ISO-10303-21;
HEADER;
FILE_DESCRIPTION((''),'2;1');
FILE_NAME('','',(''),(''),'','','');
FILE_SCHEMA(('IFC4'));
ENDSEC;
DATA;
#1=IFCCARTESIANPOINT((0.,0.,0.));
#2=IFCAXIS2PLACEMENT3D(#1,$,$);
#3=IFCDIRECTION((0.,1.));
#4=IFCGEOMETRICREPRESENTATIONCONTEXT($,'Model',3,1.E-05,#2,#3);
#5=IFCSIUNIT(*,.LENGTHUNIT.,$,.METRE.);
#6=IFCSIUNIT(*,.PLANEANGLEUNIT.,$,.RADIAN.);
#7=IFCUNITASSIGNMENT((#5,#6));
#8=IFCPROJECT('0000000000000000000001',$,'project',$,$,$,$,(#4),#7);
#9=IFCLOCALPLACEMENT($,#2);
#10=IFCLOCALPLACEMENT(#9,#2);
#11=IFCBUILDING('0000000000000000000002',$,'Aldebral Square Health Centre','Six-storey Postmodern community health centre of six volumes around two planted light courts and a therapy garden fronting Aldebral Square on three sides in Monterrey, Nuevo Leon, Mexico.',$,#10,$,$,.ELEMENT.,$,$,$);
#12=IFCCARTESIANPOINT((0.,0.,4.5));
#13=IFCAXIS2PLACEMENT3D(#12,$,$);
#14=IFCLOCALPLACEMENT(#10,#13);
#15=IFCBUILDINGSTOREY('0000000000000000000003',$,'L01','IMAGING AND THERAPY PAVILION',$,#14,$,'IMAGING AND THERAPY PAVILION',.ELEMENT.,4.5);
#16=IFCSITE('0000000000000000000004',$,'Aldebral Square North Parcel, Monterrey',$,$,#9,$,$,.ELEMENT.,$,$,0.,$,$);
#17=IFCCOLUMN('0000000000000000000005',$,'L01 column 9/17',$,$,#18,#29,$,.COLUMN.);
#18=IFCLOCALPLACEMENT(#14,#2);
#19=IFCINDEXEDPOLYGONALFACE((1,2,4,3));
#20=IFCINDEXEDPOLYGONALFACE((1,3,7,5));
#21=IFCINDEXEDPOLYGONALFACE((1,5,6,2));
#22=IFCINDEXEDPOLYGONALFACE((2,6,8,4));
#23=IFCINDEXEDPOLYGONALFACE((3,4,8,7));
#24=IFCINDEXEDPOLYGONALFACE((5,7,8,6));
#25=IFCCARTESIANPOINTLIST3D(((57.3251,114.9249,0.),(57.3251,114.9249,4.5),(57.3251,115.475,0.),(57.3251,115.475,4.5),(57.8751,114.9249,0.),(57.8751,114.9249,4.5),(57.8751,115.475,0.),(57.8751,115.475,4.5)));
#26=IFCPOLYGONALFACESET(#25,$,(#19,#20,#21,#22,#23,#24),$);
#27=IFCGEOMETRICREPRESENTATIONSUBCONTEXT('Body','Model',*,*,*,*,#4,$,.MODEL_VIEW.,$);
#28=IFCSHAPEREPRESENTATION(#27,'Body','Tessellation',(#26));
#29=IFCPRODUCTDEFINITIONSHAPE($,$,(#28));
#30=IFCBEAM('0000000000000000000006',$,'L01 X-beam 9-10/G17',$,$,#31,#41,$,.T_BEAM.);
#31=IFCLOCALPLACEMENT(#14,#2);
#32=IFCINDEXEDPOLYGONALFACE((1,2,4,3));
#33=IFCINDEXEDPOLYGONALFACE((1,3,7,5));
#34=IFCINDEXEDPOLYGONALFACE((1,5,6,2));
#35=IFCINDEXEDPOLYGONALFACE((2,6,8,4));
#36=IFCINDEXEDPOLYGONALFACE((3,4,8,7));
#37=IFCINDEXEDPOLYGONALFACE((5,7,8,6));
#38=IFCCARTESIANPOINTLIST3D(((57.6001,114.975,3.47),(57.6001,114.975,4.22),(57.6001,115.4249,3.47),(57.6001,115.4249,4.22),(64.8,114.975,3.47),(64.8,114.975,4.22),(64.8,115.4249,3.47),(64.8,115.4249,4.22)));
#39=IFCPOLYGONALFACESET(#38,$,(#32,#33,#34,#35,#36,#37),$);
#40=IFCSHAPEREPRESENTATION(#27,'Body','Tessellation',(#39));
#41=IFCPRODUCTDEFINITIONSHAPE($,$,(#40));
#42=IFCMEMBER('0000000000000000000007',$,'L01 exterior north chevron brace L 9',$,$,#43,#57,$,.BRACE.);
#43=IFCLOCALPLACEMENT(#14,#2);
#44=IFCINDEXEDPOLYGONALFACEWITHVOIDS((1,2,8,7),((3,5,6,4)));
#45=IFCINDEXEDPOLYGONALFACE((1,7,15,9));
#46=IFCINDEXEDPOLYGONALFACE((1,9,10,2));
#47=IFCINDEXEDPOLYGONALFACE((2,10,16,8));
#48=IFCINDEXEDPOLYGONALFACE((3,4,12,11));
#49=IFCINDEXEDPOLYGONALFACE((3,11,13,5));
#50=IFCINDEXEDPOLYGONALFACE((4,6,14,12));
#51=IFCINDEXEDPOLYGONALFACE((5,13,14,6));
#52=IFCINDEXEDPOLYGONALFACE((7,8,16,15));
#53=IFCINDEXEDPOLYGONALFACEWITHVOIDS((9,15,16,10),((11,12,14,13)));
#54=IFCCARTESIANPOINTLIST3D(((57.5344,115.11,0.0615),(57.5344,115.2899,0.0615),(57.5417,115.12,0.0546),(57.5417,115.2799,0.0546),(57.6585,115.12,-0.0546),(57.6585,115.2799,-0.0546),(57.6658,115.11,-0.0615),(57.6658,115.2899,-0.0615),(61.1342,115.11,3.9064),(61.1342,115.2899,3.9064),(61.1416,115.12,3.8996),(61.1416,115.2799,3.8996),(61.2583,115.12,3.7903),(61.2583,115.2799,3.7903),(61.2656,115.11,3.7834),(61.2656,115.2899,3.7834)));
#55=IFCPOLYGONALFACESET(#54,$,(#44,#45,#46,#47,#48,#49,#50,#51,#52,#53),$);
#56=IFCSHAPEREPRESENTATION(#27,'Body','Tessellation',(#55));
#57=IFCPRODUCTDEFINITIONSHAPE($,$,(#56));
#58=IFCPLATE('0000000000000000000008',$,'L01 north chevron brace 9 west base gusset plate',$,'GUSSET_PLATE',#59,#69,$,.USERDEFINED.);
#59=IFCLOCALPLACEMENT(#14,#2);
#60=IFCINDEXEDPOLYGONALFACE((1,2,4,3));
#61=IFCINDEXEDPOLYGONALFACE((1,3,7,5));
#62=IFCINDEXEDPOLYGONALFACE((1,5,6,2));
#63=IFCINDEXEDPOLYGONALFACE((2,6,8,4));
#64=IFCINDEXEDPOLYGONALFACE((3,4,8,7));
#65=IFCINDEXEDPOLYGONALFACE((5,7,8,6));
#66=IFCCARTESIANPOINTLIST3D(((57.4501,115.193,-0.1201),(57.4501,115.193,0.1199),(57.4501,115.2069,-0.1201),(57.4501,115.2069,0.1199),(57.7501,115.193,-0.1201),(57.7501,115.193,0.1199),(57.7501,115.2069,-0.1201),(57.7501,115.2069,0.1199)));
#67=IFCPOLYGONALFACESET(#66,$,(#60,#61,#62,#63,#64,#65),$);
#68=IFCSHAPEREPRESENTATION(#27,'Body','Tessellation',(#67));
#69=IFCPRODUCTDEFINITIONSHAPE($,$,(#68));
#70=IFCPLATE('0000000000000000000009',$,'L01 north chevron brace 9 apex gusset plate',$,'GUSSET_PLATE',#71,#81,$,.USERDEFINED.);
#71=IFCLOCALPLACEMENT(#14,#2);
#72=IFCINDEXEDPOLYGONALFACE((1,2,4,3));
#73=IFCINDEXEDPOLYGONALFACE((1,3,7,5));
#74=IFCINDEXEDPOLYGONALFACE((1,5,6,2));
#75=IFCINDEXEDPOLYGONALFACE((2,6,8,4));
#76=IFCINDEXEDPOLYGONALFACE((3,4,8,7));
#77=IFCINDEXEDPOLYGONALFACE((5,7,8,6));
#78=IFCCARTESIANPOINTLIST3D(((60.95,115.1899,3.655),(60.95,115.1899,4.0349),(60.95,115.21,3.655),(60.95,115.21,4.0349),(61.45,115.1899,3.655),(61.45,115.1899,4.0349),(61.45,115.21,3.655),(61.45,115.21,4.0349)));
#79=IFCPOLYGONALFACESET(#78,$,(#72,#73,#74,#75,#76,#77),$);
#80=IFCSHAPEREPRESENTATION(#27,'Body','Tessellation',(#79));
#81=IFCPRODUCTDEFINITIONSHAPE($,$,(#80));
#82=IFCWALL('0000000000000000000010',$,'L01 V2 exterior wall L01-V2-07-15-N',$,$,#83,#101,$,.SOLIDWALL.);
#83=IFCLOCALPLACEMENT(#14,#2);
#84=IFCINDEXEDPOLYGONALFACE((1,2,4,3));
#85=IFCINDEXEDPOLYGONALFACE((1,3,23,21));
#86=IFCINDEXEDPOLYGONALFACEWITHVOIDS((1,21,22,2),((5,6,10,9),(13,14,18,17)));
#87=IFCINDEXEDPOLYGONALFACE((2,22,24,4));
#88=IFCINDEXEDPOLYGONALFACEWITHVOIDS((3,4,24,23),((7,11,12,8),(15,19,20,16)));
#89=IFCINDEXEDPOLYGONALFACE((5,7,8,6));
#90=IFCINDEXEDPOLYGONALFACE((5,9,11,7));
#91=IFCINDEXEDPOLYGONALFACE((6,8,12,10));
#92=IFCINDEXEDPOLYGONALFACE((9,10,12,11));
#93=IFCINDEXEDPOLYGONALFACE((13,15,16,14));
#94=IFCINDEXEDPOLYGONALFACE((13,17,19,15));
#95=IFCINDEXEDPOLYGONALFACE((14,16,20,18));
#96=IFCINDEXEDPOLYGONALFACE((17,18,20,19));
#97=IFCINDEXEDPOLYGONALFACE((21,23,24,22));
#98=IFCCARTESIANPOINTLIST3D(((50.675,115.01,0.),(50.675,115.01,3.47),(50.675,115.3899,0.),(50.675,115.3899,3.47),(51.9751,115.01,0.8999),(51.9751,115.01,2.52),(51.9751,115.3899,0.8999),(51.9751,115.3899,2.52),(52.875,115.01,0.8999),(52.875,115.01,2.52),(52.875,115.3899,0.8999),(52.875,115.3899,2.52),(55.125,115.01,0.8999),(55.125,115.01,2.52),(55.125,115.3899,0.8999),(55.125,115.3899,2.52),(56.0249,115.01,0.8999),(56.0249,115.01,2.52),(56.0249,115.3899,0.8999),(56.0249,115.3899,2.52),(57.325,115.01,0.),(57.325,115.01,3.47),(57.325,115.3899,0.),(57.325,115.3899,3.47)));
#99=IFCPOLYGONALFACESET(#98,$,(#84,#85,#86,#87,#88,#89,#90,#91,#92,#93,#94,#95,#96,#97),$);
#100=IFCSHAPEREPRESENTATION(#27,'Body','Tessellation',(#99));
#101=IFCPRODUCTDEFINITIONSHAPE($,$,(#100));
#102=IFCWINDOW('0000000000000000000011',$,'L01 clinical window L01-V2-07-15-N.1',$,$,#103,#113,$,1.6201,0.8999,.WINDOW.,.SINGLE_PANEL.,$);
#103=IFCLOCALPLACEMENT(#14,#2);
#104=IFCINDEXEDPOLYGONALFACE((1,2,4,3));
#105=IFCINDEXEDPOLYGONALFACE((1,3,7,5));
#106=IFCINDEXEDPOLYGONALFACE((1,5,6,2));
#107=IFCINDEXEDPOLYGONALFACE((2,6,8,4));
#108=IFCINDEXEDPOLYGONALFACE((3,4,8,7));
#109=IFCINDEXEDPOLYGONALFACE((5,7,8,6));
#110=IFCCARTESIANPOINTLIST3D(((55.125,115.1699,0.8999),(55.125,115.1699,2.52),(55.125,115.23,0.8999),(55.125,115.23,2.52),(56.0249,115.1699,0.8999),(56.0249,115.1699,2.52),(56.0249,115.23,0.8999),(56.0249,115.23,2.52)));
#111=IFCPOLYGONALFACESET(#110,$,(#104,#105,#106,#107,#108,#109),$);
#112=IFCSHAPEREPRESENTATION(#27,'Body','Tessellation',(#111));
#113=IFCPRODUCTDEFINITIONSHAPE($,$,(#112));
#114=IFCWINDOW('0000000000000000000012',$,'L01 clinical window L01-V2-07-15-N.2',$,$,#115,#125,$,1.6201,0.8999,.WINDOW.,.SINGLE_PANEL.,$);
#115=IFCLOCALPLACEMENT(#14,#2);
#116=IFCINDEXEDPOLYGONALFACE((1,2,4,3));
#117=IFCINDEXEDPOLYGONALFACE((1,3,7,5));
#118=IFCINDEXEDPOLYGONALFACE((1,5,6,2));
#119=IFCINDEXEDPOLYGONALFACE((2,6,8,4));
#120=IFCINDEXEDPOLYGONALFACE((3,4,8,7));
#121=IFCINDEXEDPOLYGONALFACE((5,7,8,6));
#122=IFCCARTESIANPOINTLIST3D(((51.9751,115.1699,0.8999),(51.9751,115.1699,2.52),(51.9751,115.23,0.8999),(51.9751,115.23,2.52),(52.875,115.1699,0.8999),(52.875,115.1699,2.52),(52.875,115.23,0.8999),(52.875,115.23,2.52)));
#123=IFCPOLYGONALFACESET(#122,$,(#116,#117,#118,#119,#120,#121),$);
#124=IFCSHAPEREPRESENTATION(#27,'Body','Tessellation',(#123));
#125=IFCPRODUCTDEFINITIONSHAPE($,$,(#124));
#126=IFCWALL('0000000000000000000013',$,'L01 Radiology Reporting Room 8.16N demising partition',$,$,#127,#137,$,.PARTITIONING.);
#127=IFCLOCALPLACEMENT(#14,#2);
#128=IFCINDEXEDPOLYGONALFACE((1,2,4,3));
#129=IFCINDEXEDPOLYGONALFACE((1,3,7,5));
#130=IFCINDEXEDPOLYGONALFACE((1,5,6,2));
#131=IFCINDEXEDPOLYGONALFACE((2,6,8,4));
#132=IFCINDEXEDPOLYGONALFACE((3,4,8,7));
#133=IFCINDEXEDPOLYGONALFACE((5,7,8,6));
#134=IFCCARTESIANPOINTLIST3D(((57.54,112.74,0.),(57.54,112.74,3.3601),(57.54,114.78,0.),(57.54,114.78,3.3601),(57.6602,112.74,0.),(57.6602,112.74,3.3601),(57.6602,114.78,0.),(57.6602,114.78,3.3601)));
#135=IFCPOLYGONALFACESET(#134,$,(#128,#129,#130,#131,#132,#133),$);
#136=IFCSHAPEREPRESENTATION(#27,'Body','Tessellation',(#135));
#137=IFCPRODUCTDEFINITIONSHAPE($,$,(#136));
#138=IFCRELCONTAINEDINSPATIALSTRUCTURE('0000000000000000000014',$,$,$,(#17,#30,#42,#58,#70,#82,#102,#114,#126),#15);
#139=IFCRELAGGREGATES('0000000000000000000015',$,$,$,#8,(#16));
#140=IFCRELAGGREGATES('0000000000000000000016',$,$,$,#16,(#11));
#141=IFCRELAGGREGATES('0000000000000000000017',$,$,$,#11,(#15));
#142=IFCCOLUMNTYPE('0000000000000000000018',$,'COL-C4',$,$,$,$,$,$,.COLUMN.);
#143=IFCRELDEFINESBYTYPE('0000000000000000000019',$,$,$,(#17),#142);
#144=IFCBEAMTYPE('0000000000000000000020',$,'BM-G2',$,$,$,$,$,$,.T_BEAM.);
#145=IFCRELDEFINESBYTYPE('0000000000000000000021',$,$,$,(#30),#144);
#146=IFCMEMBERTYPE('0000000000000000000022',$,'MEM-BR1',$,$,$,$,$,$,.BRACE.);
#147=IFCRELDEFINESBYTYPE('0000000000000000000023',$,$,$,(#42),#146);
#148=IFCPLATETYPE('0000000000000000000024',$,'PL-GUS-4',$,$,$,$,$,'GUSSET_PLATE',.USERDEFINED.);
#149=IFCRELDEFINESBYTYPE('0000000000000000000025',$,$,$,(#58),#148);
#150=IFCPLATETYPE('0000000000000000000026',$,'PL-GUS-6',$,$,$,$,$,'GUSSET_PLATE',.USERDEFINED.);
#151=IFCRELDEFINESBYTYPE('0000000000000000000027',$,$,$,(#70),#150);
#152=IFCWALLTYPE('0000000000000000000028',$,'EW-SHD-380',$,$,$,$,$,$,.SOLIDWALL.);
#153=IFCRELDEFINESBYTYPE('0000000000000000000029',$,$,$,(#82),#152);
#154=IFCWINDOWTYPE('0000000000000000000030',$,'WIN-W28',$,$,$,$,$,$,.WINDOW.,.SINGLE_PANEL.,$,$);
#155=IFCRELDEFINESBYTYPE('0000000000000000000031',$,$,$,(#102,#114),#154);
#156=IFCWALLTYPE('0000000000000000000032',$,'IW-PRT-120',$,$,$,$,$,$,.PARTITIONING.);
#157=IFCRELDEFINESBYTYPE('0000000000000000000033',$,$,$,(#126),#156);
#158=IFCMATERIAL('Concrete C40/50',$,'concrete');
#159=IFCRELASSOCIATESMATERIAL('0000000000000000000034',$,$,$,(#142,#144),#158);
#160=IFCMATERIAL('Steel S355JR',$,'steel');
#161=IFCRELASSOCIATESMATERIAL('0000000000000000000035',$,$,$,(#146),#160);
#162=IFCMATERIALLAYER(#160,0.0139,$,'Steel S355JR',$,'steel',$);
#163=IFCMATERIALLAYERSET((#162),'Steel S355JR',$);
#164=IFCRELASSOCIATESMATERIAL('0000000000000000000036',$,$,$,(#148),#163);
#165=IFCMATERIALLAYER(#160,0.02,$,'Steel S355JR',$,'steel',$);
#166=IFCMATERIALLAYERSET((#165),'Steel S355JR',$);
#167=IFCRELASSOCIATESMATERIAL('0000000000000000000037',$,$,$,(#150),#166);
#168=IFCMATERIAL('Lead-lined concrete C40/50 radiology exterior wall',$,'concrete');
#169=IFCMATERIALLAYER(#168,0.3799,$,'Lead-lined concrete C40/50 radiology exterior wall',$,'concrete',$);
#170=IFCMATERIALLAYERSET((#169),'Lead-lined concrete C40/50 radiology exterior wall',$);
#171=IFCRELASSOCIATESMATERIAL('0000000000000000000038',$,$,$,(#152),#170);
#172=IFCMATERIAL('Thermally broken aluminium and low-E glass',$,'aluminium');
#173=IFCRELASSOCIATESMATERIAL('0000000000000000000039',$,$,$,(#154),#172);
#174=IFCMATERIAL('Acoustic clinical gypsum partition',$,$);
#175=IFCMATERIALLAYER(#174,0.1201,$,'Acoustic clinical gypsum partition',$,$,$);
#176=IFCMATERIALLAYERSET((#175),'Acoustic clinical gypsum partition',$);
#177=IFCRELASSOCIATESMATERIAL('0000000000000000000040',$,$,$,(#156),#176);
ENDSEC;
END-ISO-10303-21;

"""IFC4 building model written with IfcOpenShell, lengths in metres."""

from ifc_helpers import new_model, si_unit, direction, frame, frame_2d, origin, origin_2d, place, context, subcontext, project, spatial, rectangle, hollow_rectangle, extrude, material, layer, layer_set, material_profile, profile_set, type_object, element, fill, save


model = new_model("IFC4")

# Units and contexts
model_context = context("Model", 3, precision=1e-05, world=origin(), true_north=direction((0.0, 1.0)))
body_context = subcontext(model_context, "Body", "Model", "MODEL_VIEW")
ifc_project = project(units=[si_unit("LENGTHUNIT", "METRE"), si_unit("PLANEANGLEUNIT", "RADIAN")], contexts=[model_context])

# Site, building, storey
site_placement = place(None, origin())
site = spatial("IfcSite", under=ifc_project, at=site_placement, Name="Aldebral Square North Parcel, Monterrey", CompositionType="ELEMENT", RefElevation=0.0)
building_placement = place(site_placement, origin())
building = spatial("IfcBuilding", under=site, at=building_placement, Name="Aldebral Square Health Centre", Description="Six-storey Postmodern community health centre of six volumes around two planted light courts and a therapy garden fronting Aldebral Square on three sides in Monterrey, Nuevo Leon, Mexico.", CompositionType="ELEMENT")
storey_placement = place(building_placement, frame((0.0, 0.0, 4.5)))
storey = spatial("IfcBuildingStorey", under=building, at=storey_placement, Name="L01", Description="IMAGING AND THERAPY PAVILION", LongName="IMAGING AND THERAPY PAVILION", CompositionType="ELEMENT", Elevation=4.5)

# Column
ifc_material_1 = material(Name="Concrete C40/50", Category="concrete")
ifc_material_profile_1 = material_profile(ifc_material_1, rectangle(XDim=0.55, YDim=0.55, at=origin_2d()), Name="RC 550x550")
ifc_profile_set_1 = profile_set([ifc_material_profile_1], Name="Concrete C40/50")
column_type = type_object("IfcColumnType", Name="COL-C4", PredefinedType="COLUMN", material=ifc_profile_set_1)
column_placement = place(storey_placement, frame((57.6001, 115.2, 0.0), z_axis=(0.0, 0.0, 1.0), x_axis=(1.0, 0.0, 0.0)))
element("IfcColumn", 1, at=column_placement, inside=storey, type_object=column_type, Name="L01 column 9/17", PredefinedType="COLUMN", context=body_context, shape_type="SweptSolid", body=[
    extrude(rectangle(XDim=0.55, YDim=0.55, at=origin_2d()), origin(), (0.0, 0.0, 1.0), 4.5),
])

# Beam
ifc_material_profile_2 = material_profile(ifc_material_1, rectangle(XDim=0.45, YDim=0.75, at=origin_2d()), Name="RC 450x750")
ifc_profile_set_2 = profile_set([ifc_material_profile_2], Name="Concrete C40/50")
beam_type = type_object("IfcBeamType", Name="BM-G2", PredefinedType="T_BEAM", material=ifc_profile_set_2)
beam_placement = place(storey_placement, frame((57.6001, 115.2, 3.845), z_axis=(1.0, 0.0, 0.0), x_axis=(0.0, 1.0, 0.0)))
element("IfcBeam", 2, at=beam_placement, inside=storey, type_object=beam_type, Name="L01 X-beam 9-10/G17", PredefinedType="T_BEAM", context=body_context, shape_type="SweptSolid", body=[
    extrude(rectangle(XDim=0.45, YDim=0.75, at=origin_2d()), origin(), (0.0, 0.0, 1.0), 7.2),
])

# Member
ifc_material_2 = material(Name="Steel S355JR", Category="steel")
ifc_material_profile_3 = material_profile(ifc_material_2, hollow_rectangle(XDim=0.1799, YDim=0.1799, WallThickness=0.01, at=origin_2d()), Name="180x180x10 SHS")
ifc_profile_set_3 = profile_set([ifc_material_profile_3], Name="Steel S355JR")
member_type = type_object("IfcMemberType", Name="MEM-BR1", PredefinedType="BRACE", material=ifc_profile_set_3)
member_placement = place(storey_placement, frame((57.6001, 115.2, 0.0), z_axis=(0.683455, 0.0, 0.729992), x_axis=(0.0, 1.0, 0.0)))
element("IfcMember", 3, at=member_placement, inside=storey, type_object=member_type, Name="L01 exterior north chevron brace L 9", PredefinedType="BRACE", context=body_context, shape_type="SweptSolid", body=[
    extrude(hollow_rectangle(XDim=0.1799, YDim=0.1799, WallThickness=0.01, at=origin_2d()), origin(), (0.0, 0.0, 1.0), 5.2671),
])

# Plates
ifc_layer_1 = layer(ifc_material_2, 0.0139, Name="Steel S355JR", Category="steel")
ifc_layer_set_1 = layer_set([ifc_layer_1], Name="Steel S355JR")
plate_type_1 = type_object("IfcPlateType", Name="PL-GUS-4", ElementType="GUSSET_PLATE", PredefinedType="USERDEFINED", material=ifc_layer_set_1)
plate_1_placement = place(storey_placement, frame((57.6001, 115.2, -0.1201), z_axis=(0.0, 0.0, 1.0), x_axis=(1.0, 0.0, 0.0)))
element("IfcPlate", 4, at=plate_1_placement, inside=storey, type_object=plate_type_1, Name="L01 north chevron brace 9 west base gusset plate", ObjectType="GUSSET_PLATE", PredefinedType="USERDEFINED", context=body_context, shape_type="SweptSolid", body=[
    extrude(rectangle(XDim=0.3, YDim=0.0139, at=origin_2d()), origin(), (0.0, 0.0, 1.0), 0.24),
])
ifc_layer_2 = layer(ifc_material_2, 0.02, Name="Steel S355JR", Category="steel")
ifc_layer_set_2 = layer_set([ifc_layer_2], Name="Steel S355JR")
plate_type_2 = type_object("IfcPlateType", Name="PL-GUS-6", ElementType="GUSSET_PLATE", PredefinedType="USERDEFINED", material=ifc_layer_set_2)
plate_2_placement = place(storey_placement, frame((61.2, 115.2, 3.655), z_axis=(0.0, 0.0, 1.0), x_axis=(1.0, 0.0, 0.0)))
element("IfcPlate", 5, at=plate_2_placement, inside=storey, type_object=plate_type_2, Name="L01 north chevron brace 9 apex gusset plate", ObjectType="GUSSET_PLATE", PredefinedType="USERDEFINED", context=body_context, shape_type="SweptSolid", body=[
    extrude(rectangle(XDim=0.5, YDim=0.02, at=origin_2d()), origin(), (0.0, 0.0, 1.0), 0.3799),
])

# Wall, openings, windows
ifc_material_3 = material(Name="Lead-lined concrete C40/50 radiology exterior wall", Category="concrete")
ifc_layer_3 = layer(ifc_material_3, 0.3799, Name="Lead-lined concrete C40/50 radiology exterior wall", Category="concrete")
ifc_layer_set_3 = layer_set([ifc_layer_3], Name="Lead-lined concrete C40/50 radiology exterior wall")
wall_type_1 = type_object("IfcWallType", Name="EW-SHD-380", PredefinedType="SOLIDWALL", material=ifc_layer_set_3)
wall_1_placement = place(storey_placement, frame((57.325, 115.2, 0.0), z_axis=(0.0, 0.0, 1.0), x_axis=(-1.0, 0.0, 0.0)))
wall_1 = element("IfcWall", 6, at=wall_1_placement, inside=storey, type_object=wall_type_1, Name="L01 V2 exterior wall L01-V2-07-15-N", PredefinedType="SOLIDWALL", context=body_context, shape_type="SweptSolid", body=[
    extrude(rectangle(XDim=6.6499, YDim=0.3799, at=frame_2d((3.325, 0.0))), origin(), (0.0, 0.0, 1.0), 3.47),
])
opening_1_placement = place(wall_1_placement, frame((1.3, 0.0, 0.8999)))
opening_1 = element("IfcOpeningElement", 7, at=opening_1_placement, cuts=wall_1, PredefinedType="OPENING", context=body_context, shape_type="SweptSolid", body=[
    extrude(rectangle(XDim=0.8999, YDim=1.6201, at=frame_2d((0.45, 0.8101))), frame((0.0, 0.2, 0.0), z_axis=(0.0, -1.0, 0.0), x_axis=(1.0, 0.0, 0.0)), (0.0, 0.0, 1.0), 0.3999),
])
opening_2_placement = place(wall_1_placement, frame((4.45, 0.0, 0.8999)))
opening_2 = element("IfcOpeningElement", 8, at=opening_2_placement, cuts=wall_1, PredefinedType="OPENING", context=body_context, shape_type="SweptSolid", body=[
    extrude(rectangle(XDim=0.8999, YDim=1.6201, at=frame_2d((0.45, 0.8101))), frame((0.0, 0.2, 0.0), z_axis=(0.0, -1.0, 0.0), x_axis=(1.0, 0.0, 0.0)), (0.0, 0.0, 1.0), 0.3999),
])
ifc_material_4 = material(Name="Thermally broken aluminium and low-E glass", Category="aluminium")
window_type = type_object("IfcWindowType", Name="WIN-W28", PartitioningType="SINGLE_PANEL", PredefinedType="WINDOW", material=ifc_material_4)
window_1_placement = place(opening_1_placement, origin())
window_1 = element("IfcWindow", 9, at=window_1_placement, inside=storey, type_object=window_type, Name="L01 clinical window L01-V2-07-15-N.1", OverallHeight=1.6201, OverallWidth=0.8999, PartitioningType="SINGLE_PANEL", PredefinedType="WINDOW", context=body_context, shape_type="SweptSolid", body=[
    extrude(rectangle(XDim=0.8999, YDim=1.6201, at=frame_2d((0.45, 0.8101))), frame((0.0, 0.03, 0.0), z_axis=(0.0, -1.0, 0.0), x_axis=(1.0, 0.0, 0.0)), (0.0, 0.0, 1.0), 0.0601),
])
fill(opening_1, window_1)
window_2_placement = place(opening_2_placement, origin())
window_2 = element("IfcWindow", 10, at=window_2_placement, inside=storey, type_object=window_type, Name="L01 clinical window L01-V2-07-15-N.2", OverallHeight=1.6201, OverallWidth=0.8999, PartitioningType="SINGLE_PANEL", PredefinedType="WINDOW", context=body_context, shape_type="SweptSolid", body=[
    extrude(rectangle(XDim=0.8999, YDim=1.6201, at=frame_2d((0.45, 0.8101))), frame((0.0, 0.03, 0.0), z_axis=(0.0, -1.0, 0.0), x_axis=(1.0, 0.0, 0.0)), (0.0, 0.0, 1.0), 0.0601),
])
fill(opening_2, window_2)

# Wall
ifc_material_5 = material(Name="Acoustic clinical gypsum partition")
ifc_layer_4 = layer(ifc_material_5, 0.1201, Name="Acoustic clinical gypsum partition")
ifc_layer_set_4 = layer_set([ifc_layer_4], Name="Acoustic clinical gypsum partition")
wall_type_2 = type_object("IfcWallType", Name="IW-PRT-120", PredefinedType="PARTITIONING", material=ifc_layer_set_4)
wall_2_placement = place(storey_placement, frame((57.6001, 112.74, 0.0), z_axis=(0.0, 0.0, 1.0), x_axis=(0.0, 1.0, 0.0)))
element("IfcWall", 11, at=wall_2_placement, inside=storey, type_object=wall_type_2, Name="L01 Radiology Reporting Room 8.16N demising partition", PredefinedType="PARTITIONING", context=body_context, shape_type="SweptSolid", body=[
    extrude(rectangle(XDim=2.04, YDim=0.1201, at=frame_2d((1.02, 0.0))), origin(), (0.0, 0.0, 1.0), 3.3601),
])

save(model, "model.ifc")
